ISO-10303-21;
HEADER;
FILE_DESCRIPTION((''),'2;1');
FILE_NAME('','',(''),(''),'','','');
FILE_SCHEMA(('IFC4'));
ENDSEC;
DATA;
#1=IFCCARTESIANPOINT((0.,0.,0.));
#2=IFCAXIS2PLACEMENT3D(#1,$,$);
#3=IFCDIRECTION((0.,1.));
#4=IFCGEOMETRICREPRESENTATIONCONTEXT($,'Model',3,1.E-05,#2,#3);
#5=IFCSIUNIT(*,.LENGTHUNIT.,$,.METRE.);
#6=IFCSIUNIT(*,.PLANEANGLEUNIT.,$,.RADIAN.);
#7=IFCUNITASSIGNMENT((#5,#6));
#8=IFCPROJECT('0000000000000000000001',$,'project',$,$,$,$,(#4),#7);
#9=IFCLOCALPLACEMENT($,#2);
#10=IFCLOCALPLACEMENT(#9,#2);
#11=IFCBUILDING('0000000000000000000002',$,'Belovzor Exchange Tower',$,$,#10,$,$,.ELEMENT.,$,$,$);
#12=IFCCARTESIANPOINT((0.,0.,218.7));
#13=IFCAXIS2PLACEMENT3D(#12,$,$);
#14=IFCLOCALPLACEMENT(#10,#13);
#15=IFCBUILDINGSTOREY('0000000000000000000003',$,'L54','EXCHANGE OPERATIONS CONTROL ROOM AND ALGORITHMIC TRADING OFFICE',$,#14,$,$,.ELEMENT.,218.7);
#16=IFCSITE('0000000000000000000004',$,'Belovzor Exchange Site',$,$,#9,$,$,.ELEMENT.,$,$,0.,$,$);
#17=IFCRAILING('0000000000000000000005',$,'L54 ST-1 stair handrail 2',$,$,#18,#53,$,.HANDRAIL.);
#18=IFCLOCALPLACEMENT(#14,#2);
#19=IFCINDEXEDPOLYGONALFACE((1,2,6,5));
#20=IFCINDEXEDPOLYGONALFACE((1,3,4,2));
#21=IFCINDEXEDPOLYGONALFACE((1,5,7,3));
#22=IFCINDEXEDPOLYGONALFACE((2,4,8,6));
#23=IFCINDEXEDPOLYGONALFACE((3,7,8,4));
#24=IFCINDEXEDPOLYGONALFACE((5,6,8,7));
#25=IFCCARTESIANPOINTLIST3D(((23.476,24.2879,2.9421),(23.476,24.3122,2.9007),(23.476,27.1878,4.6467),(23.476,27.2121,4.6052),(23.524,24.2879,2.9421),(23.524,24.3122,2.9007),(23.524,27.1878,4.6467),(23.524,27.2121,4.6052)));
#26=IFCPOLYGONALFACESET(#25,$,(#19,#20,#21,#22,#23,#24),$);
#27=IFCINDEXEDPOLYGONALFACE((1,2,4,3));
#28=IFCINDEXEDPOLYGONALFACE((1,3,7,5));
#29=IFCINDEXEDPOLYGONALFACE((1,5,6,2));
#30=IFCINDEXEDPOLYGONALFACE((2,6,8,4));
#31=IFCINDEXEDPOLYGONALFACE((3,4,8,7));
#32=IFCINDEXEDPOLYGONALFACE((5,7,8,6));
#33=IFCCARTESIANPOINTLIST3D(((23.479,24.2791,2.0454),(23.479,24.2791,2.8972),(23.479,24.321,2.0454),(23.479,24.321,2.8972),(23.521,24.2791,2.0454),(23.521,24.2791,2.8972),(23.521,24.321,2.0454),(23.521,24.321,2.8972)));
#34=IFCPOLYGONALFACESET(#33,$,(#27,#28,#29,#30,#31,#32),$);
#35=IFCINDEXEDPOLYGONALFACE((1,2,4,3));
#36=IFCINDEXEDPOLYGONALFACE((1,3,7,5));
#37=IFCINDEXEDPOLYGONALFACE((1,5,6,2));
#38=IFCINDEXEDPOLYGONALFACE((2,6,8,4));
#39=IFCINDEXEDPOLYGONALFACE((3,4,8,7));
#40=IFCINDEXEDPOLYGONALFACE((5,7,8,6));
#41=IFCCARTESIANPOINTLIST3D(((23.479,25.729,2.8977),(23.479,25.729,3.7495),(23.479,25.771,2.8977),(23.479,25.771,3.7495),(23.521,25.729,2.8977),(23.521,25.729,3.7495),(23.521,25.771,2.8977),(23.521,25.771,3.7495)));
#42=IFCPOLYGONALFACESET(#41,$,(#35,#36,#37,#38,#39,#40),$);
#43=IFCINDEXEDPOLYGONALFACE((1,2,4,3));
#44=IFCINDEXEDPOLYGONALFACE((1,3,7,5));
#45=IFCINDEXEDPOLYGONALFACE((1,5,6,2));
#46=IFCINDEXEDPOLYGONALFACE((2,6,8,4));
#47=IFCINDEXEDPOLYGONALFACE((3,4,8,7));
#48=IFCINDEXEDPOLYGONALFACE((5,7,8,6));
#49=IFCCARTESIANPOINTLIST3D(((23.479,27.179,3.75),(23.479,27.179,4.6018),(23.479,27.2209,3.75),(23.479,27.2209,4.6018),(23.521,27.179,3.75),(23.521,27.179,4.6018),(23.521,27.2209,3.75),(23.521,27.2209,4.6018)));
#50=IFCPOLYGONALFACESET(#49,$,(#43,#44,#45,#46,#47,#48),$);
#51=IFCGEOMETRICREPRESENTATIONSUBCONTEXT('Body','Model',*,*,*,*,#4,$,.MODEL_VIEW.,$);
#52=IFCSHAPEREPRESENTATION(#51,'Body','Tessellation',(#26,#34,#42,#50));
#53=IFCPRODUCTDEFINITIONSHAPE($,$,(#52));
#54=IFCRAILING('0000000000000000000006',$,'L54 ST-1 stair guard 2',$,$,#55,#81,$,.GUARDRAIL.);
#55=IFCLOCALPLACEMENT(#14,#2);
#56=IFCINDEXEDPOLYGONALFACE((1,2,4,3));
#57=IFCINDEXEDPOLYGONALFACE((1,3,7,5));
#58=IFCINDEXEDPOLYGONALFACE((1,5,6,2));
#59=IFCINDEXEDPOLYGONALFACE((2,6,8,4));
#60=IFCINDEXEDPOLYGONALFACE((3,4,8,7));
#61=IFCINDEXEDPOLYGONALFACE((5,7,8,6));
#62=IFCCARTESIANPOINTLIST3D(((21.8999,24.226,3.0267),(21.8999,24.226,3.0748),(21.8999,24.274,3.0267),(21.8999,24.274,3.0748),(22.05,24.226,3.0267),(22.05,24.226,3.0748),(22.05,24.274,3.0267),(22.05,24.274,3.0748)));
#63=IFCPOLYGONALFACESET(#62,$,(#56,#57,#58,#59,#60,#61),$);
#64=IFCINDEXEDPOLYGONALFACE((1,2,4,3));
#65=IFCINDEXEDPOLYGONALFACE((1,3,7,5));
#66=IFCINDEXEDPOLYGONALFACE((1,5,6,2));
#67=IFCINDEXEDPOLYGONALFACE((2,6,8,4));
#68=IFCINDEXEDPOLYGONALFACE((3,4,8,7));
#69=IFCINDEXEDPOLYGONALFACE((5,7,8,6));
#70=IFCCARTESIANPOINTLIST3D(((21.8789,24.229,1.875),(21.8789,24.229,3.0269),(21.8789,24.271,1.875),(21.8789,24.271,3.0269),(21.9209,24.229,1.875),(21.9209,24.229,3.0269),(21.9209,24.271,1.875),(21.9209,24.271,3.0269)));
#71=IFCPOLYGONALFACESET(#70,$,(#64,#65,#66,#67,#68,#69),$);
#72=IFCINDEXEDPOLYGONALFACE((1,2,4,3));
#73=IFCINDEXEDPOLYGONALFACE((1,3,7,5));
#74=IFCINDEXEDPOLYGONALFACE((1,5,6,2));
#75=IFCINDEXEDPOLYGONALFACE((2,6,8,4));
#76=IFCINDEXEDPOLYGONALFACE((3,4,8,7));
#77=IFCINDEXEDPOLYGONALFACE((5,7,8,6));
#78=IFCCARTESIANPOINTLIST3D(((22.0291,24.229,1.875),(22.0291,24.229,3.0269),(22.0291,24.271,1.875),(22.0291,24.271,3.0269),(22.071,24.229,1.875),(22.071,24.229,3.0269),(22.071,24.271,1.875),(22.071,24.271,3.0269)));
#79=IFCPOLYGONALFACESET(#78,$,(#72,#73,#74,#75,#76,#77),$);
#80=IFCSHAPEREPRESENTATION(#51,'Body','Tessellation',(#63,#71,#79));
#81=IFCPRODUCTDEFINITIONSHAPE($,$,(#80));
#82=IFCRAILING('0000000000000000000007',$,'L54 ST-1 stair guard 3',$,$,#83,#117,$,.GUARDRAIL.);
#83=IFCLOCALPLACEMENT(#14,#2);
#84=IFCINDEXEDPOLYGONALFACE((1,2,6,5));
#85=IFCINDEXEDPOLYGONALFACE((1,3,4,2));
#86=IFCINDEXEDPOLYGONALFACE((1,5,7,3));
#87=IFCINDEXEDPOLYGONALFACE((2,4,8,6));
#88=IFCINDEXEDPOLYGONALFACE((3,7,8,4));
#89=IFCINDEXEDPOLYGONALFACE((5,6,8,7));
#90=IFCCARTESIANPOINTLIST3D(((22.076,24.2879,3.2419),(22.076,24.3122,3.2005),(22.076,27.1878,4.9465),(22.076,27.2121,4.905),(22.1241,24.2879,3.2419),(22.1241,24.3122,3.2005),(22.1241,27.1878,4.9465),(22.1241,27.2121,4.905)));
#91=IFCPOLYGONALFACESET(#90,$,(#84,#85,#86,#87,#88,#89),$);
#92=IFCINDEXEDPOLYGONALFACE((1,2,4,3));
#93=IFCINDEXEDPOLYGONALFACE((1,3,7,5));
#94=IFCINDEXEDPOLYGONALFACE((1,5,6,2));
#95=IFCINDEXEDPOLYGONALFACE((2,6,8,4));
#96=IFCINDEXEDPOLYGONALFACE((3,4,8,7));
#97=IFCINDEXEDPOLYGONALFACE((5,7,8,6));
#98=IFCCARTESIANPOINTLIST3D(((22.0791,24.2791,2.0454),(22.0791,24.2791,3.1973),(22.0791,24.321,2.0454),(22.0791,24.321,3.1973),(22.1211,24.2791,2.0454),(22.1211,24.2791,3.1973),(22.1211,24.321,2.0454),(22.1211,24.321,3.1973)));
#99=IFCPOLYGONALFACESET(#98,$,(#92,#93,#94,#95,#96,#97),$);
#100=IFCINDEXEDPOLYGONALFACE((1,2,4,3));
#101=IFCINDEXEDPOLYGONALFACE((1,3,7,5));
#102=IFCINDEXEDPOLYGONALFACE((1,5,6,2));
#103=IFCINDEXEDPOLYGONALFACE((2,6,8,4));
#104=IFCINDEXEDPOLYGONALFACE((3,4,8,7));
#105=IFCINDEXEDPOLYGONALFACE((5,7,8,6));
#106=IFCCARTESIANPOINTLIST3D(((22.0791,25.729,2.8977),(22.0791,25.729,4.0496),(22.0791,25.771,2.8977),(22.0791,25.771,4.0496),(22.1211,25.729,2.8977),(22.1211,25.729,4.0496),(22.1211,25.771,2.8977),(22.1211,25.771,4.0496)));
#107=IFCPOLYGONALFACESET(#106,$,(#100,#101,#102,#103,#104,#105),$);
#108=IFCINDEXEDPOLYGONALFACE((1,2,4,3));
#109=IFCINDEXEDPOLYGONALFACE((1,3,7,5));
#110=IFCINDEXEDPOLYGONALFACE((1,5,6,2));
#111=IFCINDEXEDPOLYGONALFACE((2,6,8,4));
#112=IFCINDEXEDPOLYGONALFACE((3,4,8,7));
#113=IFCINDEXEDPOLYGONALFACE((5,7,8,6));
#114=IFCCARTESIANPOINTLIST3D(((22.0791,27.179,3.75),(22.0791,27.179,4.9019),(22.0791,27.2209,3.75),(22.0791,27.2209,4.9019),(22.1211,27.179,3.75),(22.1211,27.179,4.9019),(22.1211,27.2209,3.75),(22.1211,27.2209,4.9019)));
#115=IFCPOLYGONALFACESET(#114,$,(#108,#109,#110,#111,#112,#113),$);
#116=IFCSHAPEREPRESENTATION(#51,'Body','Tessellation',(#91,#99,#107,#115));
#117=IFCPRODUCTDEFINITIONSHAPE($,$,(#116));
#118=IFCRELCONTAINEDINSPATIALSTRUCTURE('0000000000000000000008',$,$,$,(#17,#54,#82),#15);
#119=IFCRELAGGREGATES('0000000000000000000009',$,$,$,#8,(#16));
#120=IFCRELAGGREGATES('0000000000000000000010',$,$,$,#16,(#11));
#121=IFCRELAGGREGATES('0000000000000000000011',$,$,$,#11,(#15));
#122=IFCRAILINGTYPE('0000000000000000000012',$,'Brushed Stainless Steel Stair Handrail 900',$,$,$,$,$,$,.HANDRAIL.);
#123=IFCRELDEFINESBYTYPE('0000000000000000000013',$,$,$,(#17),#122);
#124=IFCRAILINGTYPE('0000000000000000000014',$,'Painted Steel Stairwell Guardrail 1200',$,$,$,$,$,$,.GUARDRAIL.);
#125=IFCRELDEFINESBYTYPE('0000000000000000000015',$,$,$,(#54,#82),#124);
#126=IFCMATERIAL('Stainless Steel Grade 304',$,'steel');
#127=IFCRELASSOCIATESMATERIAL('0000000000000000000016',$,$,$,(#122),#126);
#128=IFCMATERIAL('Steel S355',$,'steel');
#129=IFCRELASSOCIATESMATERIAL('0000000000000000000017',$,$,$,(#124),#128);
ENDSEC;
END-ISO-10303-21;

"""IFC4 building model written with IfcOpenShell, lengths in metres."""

from ifc_helpers import new_model, si_unit, direction, frame, origin, origin_2d, place, context, subcontext, project, spatial, rectangle, extrude, material, type_object, element, save


model = new_model("IFC4")

# Units and contexts
model_context = context("Model", 3, precision=1e-05, world=origin(), true_north=direction((0.0, 1.0)))
body_context = subcontext(model_context, "Body", "Model", "MODEL_VIEW")
ifc_project = project(units=[si_unit("LENGTHUNIT", "METRE"), si_unit("PLANEANGLEUNIT", "RADIAN")], contexts=[model_context])

# Site, building, storey
site_placement = place(None, origin())
site = spatial("IfcSite", under=ifc_project, at=site_placement, Name="Belovzor Exchange Site", CompositionType="ELEMENT", RefElevation=0.0)
building_placement = place(site_placement, origin())
building = spatial("IfcBuilding", under=site, at=building_placement, Name="Belovzor Exchange Tower", CompositionType="ELEMENT")
storey_placement = place(building_placement, frame((0.0, 0.0, 218.7)))
storey = spatial("IfcBuildingStorey", under=building, at=storey_placement, Name="L54", Description="EXCHANGE OPERATIONS CONTROL ROOM AND ALGORITHMIC TRADING OFFICE", CompositionType="ELEMENT", Elevation=218.7)

# Railings
ifc_material_1 = material(Name="Stainless Steel Grade 304", Category="steel")
railing_type_1 = type_object("IfcRailingType", Name="Brushed Stainless Steel Stair Handrail 900", PredefinedType="HANDRAIL", material=ifc_material_1)
railing_1_placement = place(storey_placement, frame((23.5, 24.3, 2.0454)))
element("IfcRailing", 1, at=railing_1_placement, inside=storey, type_object=railing_type_1, Name="L54 ST-1 stair handrail 2", PredefinedType="HANDRAIL", context=body_context, shape_type="SweptSolid", body=[
    extrude(rectangle(XDim=0.0481, YDim=0.0481, at=origin_2d()), frame((0.0, 0.0, 0.876), z_axis=(0.0, 0.862095, 0.506747), x_axis=(-1.0, 0.0, 0.0)), (0.0, 0.0, 1.0), 3.3638),
    extrude(rectangle(XDim=0.042, YDim=0.042, at=origin_2d()), origin(), (0.0, 0.0, 1.0), 0.8518),
    extrude(rectangle(XDim=0.042, YDim=0.042, at=origin_2d()), frame((0.0, 1.45, 0.8523)), (0.0, 0.0, 1.0), 0.8518),
    extrude(rectangle(XDim=0.042, YDim=0.042, at=origin_2d()), frame((0.0, 2.8999, 1.7046)), (0.0, 0.0, 1.0), 0.8518),
])
ifc_material_2 = material(Name="Steel S355", Category="steel")
railing_type_2 = type_object("IfcRailingType", Name="Painted Steel Stairwell Guardrail 1200", PredefinedType="GUARDRAIL", material=ifc_material_2)
railing_2_placement = place(storey_placement, frame((21.8999, 24.25, 1.875)))
element("IfcRailing", 2, at=railing_2_placement, inside=storey, type_object=railing_type_2, Name="L54 ST-1 stair guard 2", PredefinedType="GUARDRAIL", context=body_context, shape_type="SweptSolid", body=[
    extrude(rectangle(XDim=0.0481, YDim=0.0481, at=origin_2d()), frame((0.0, 0.0, 1.1758), z_axis=(1.0, 0.0, 0.0), x_axis=(0.0, 1.0, 0.0)), (0.0, 0.0, 1.0), 0.1501),
    extrude(rectangle(XDim=0.042, YDim=0.042, at=origin_2d()), origin(), (0.0, 0.0, 1.0), 1.1519),
    extrude(rectangle(XDim=0.042, YDim=0.042, at=origin_2d()), frame((0.1501, 0.0, 0.0)), (0.0, 0.0, 1.0), 1.1519),
])
railing_3_placement = place(storey_placement, frame((22.1001, 24.3, 2.0454)))
element("IfcRailing", 3, at=railing_3_placement, inside=storey, type_object=railing_type_2, Name="L54 ST-1 stair guard 3", PredefinedType="GUARDRAIL", context=body_context, shape_type="SweptSolid", body=[
    extrude(rectangle(XDim=0.0481, YDim=0.0481, at=origin_2d()), frame((0.0, 0.0, 1.1758), z_axis=(0.0, 0.862095, 0.506747), x_axis=(-1.0, 0.0, 0.0)), (0.0, 0.0, 1.0), 3.3638),
    extrude(rectangle(XDim=0.042, YDim=0.042, at=origin_2d()), origin(), (0.0, 0.0, 1.0), 1.1519),
    extrude(rectangle(XDim=0.042, YDim=0.042, at=origin_2d()), frame((0.0, 1.45, 0.8523)), (0.0, 0.0, 1.0), 1.1519),
    extrude(rectangle(XDim=0.042, YDim=0.042, at=origin_2d()), frame((0.0, 2.8999, 1.7046)), (0.0, 0.0, 1.0), 1.1519),
])

save(model, "model.ifc")
